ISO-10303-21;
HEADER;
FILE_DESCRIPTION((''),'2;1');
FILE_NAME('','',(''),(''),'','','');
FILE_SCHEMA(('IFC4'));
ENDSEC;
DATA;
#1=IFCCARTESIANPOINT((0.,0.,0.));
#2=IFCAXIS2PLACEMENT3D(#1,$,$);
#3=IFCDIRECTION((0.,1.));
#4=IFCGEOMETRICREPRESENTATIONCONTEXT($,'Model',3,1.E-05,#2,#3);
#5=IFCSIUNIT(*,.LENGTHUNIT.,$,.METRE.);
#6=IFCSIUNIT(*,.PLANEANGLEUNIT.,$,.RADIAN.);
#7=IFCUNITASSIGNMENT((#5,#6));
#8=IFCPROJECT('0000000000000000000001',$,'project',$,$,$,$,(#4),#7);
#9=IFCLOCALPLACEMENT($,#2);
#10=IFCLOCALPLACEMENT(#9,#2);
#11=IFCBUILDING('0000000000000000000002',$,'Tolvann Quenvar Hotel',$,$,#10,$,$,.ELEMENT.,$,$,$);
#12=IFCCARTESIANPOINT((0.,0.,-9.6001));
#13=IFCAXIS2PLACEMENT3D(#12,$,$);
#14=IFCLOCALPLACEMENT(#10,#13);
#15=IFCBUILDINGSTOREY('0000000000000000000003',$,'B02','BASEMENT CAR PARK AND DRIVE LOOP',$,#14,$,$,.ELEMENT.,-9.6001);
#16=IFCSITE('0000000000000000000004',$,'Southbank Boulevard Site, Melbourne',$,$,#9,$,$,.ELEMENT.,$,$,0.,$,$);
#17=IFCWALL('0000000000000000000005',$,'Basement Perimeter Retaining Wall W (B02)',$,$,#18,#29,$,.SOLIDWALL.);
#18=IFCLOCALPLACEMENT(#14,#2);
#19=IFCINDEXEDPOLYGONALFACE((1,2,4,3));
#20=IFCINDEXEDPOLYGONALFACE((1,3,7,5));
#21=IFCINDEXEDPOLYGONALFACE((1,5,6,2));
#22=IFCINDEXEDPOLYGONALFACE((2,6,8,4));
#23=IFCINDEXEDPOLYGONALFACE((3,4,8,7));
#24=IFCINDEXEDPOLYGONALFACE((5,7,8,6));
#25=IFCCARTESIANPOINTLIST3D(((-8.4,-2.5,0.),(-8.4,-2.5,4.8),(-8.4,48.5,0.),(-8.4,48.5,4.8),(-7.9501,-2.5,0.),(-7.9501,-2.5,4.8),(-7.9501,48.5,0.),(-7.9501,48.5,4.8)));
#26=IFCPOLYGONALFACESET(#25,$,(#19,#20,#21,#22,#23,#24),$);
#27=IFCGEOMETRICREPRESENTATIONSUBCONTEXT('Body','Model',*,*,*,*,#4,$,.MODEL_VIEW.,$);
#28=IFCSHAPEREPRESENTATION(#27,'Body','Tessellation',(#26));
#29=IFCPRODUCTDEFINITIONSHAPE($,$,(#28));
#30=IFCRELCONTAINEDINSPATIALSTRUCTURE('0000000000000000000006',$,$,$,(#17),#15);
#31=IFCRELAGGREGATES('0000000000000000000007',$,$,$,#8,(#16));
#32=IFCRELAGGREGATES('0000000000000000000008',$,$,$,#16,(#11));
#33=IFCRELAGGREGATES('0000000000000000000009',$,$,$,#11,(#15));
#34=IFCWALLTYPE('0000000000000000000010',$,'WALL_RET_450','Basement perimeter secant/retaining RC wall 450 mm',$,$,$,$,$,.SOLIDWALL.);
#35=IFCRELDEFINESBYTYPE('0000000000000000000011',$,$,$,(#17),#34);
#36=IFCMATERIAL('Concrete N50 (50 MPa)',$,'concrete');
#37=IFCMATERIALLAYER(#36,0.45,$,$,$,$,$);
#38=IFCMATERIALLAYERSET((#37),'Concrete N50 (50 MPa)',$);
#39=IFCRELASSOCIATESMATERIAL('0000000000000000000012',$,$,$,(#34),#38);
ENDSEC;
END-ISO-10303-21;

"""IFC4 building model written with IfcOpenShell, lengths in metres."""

from ifc_helpers import new_model, si_unit, direction, frame, frame_2d, origin, place, context, subcontext, project, spatial, rectangle, extrude, material, layer, layer_set, type_object, element, save


model = new_model("IFC4")

# Units and contexts
model_context = context("Model", 3, precision=1e-05, world=origin(), true_north=direction((0.0, 1.0)))
body_context = subcontext(model_context, "Body", "Model", "MODEL_VIEW")
ifc_project = project(units=[si_unit("LENGTHUNIT", "METRE"), si_unit("PLANEANGLEUNIT", "RADIAN")], contexts=[model_context])

# Site, building, storey
site_placement = place(None, origin())
site = spatial("IfcSite", under=ifc_project, at=site_placement, Name="Southbank Boulevard Site, Melbourne", CompositionType="ELEMENT", RefElevation=0.0)
building_placement = place(site_placement, origin())
building = spatial("IfcBuilding", under=site, at=building_placement, Name="Tolvann Quenvar Hotel", CompositionType="ELEMENT")
storey_placement = place(building_placement, frame((0.0, 0.0, -9.6001)))
storey = spatial("IfcBuildingStorey", under=building, at=storey_placement, Name="B02", Description="BASEMENT CAR PARK AND DRIVE LOOP", CompositionType="ELEMENT", Elevation=-9.6001)

# Shared definitions
ifc_material_1 = material(Name="Concrete N50 (50 MPa)", Category="concrete")

# Wall
ifc_layer_1 = layer(ifc_material_1, 0.45)
ifc_layer_set_1 = layer_set([ifc_layer_1], Name="Concrete N50 (50 MPa)")
wall_type = type_object("IfcWallType", Name="WALL_RET_450", Description="Basement perimeter secant/retaining RC wall 450 mm", PredefinedType="SOLIDWALL", material=ifc_layer_set_1)
wall_1_placement = place(storey_placement, frame((-8.175, -2.5, 0.0), z_axis=(0.0, 0.0, 1.0), x_axis=(0.0, 1.0, 0.0)))
element("IfcWall", 1, at=wall_1_placement, inside=storey, type_object=wall_type, Name="Basement Perimeter Retaining Wall W (B02)", PredefinedType="SOLIDWALL", context=body_context, shape_type="SweptSolid", body=[
    extrude(rectangle(XDim=51.0, YDim=0.45, at=frame_2d((25.5, 0.0))), origin(), (0.0, 0.0, 1.0), 4.8),
])

save(model, "model.ifc")
